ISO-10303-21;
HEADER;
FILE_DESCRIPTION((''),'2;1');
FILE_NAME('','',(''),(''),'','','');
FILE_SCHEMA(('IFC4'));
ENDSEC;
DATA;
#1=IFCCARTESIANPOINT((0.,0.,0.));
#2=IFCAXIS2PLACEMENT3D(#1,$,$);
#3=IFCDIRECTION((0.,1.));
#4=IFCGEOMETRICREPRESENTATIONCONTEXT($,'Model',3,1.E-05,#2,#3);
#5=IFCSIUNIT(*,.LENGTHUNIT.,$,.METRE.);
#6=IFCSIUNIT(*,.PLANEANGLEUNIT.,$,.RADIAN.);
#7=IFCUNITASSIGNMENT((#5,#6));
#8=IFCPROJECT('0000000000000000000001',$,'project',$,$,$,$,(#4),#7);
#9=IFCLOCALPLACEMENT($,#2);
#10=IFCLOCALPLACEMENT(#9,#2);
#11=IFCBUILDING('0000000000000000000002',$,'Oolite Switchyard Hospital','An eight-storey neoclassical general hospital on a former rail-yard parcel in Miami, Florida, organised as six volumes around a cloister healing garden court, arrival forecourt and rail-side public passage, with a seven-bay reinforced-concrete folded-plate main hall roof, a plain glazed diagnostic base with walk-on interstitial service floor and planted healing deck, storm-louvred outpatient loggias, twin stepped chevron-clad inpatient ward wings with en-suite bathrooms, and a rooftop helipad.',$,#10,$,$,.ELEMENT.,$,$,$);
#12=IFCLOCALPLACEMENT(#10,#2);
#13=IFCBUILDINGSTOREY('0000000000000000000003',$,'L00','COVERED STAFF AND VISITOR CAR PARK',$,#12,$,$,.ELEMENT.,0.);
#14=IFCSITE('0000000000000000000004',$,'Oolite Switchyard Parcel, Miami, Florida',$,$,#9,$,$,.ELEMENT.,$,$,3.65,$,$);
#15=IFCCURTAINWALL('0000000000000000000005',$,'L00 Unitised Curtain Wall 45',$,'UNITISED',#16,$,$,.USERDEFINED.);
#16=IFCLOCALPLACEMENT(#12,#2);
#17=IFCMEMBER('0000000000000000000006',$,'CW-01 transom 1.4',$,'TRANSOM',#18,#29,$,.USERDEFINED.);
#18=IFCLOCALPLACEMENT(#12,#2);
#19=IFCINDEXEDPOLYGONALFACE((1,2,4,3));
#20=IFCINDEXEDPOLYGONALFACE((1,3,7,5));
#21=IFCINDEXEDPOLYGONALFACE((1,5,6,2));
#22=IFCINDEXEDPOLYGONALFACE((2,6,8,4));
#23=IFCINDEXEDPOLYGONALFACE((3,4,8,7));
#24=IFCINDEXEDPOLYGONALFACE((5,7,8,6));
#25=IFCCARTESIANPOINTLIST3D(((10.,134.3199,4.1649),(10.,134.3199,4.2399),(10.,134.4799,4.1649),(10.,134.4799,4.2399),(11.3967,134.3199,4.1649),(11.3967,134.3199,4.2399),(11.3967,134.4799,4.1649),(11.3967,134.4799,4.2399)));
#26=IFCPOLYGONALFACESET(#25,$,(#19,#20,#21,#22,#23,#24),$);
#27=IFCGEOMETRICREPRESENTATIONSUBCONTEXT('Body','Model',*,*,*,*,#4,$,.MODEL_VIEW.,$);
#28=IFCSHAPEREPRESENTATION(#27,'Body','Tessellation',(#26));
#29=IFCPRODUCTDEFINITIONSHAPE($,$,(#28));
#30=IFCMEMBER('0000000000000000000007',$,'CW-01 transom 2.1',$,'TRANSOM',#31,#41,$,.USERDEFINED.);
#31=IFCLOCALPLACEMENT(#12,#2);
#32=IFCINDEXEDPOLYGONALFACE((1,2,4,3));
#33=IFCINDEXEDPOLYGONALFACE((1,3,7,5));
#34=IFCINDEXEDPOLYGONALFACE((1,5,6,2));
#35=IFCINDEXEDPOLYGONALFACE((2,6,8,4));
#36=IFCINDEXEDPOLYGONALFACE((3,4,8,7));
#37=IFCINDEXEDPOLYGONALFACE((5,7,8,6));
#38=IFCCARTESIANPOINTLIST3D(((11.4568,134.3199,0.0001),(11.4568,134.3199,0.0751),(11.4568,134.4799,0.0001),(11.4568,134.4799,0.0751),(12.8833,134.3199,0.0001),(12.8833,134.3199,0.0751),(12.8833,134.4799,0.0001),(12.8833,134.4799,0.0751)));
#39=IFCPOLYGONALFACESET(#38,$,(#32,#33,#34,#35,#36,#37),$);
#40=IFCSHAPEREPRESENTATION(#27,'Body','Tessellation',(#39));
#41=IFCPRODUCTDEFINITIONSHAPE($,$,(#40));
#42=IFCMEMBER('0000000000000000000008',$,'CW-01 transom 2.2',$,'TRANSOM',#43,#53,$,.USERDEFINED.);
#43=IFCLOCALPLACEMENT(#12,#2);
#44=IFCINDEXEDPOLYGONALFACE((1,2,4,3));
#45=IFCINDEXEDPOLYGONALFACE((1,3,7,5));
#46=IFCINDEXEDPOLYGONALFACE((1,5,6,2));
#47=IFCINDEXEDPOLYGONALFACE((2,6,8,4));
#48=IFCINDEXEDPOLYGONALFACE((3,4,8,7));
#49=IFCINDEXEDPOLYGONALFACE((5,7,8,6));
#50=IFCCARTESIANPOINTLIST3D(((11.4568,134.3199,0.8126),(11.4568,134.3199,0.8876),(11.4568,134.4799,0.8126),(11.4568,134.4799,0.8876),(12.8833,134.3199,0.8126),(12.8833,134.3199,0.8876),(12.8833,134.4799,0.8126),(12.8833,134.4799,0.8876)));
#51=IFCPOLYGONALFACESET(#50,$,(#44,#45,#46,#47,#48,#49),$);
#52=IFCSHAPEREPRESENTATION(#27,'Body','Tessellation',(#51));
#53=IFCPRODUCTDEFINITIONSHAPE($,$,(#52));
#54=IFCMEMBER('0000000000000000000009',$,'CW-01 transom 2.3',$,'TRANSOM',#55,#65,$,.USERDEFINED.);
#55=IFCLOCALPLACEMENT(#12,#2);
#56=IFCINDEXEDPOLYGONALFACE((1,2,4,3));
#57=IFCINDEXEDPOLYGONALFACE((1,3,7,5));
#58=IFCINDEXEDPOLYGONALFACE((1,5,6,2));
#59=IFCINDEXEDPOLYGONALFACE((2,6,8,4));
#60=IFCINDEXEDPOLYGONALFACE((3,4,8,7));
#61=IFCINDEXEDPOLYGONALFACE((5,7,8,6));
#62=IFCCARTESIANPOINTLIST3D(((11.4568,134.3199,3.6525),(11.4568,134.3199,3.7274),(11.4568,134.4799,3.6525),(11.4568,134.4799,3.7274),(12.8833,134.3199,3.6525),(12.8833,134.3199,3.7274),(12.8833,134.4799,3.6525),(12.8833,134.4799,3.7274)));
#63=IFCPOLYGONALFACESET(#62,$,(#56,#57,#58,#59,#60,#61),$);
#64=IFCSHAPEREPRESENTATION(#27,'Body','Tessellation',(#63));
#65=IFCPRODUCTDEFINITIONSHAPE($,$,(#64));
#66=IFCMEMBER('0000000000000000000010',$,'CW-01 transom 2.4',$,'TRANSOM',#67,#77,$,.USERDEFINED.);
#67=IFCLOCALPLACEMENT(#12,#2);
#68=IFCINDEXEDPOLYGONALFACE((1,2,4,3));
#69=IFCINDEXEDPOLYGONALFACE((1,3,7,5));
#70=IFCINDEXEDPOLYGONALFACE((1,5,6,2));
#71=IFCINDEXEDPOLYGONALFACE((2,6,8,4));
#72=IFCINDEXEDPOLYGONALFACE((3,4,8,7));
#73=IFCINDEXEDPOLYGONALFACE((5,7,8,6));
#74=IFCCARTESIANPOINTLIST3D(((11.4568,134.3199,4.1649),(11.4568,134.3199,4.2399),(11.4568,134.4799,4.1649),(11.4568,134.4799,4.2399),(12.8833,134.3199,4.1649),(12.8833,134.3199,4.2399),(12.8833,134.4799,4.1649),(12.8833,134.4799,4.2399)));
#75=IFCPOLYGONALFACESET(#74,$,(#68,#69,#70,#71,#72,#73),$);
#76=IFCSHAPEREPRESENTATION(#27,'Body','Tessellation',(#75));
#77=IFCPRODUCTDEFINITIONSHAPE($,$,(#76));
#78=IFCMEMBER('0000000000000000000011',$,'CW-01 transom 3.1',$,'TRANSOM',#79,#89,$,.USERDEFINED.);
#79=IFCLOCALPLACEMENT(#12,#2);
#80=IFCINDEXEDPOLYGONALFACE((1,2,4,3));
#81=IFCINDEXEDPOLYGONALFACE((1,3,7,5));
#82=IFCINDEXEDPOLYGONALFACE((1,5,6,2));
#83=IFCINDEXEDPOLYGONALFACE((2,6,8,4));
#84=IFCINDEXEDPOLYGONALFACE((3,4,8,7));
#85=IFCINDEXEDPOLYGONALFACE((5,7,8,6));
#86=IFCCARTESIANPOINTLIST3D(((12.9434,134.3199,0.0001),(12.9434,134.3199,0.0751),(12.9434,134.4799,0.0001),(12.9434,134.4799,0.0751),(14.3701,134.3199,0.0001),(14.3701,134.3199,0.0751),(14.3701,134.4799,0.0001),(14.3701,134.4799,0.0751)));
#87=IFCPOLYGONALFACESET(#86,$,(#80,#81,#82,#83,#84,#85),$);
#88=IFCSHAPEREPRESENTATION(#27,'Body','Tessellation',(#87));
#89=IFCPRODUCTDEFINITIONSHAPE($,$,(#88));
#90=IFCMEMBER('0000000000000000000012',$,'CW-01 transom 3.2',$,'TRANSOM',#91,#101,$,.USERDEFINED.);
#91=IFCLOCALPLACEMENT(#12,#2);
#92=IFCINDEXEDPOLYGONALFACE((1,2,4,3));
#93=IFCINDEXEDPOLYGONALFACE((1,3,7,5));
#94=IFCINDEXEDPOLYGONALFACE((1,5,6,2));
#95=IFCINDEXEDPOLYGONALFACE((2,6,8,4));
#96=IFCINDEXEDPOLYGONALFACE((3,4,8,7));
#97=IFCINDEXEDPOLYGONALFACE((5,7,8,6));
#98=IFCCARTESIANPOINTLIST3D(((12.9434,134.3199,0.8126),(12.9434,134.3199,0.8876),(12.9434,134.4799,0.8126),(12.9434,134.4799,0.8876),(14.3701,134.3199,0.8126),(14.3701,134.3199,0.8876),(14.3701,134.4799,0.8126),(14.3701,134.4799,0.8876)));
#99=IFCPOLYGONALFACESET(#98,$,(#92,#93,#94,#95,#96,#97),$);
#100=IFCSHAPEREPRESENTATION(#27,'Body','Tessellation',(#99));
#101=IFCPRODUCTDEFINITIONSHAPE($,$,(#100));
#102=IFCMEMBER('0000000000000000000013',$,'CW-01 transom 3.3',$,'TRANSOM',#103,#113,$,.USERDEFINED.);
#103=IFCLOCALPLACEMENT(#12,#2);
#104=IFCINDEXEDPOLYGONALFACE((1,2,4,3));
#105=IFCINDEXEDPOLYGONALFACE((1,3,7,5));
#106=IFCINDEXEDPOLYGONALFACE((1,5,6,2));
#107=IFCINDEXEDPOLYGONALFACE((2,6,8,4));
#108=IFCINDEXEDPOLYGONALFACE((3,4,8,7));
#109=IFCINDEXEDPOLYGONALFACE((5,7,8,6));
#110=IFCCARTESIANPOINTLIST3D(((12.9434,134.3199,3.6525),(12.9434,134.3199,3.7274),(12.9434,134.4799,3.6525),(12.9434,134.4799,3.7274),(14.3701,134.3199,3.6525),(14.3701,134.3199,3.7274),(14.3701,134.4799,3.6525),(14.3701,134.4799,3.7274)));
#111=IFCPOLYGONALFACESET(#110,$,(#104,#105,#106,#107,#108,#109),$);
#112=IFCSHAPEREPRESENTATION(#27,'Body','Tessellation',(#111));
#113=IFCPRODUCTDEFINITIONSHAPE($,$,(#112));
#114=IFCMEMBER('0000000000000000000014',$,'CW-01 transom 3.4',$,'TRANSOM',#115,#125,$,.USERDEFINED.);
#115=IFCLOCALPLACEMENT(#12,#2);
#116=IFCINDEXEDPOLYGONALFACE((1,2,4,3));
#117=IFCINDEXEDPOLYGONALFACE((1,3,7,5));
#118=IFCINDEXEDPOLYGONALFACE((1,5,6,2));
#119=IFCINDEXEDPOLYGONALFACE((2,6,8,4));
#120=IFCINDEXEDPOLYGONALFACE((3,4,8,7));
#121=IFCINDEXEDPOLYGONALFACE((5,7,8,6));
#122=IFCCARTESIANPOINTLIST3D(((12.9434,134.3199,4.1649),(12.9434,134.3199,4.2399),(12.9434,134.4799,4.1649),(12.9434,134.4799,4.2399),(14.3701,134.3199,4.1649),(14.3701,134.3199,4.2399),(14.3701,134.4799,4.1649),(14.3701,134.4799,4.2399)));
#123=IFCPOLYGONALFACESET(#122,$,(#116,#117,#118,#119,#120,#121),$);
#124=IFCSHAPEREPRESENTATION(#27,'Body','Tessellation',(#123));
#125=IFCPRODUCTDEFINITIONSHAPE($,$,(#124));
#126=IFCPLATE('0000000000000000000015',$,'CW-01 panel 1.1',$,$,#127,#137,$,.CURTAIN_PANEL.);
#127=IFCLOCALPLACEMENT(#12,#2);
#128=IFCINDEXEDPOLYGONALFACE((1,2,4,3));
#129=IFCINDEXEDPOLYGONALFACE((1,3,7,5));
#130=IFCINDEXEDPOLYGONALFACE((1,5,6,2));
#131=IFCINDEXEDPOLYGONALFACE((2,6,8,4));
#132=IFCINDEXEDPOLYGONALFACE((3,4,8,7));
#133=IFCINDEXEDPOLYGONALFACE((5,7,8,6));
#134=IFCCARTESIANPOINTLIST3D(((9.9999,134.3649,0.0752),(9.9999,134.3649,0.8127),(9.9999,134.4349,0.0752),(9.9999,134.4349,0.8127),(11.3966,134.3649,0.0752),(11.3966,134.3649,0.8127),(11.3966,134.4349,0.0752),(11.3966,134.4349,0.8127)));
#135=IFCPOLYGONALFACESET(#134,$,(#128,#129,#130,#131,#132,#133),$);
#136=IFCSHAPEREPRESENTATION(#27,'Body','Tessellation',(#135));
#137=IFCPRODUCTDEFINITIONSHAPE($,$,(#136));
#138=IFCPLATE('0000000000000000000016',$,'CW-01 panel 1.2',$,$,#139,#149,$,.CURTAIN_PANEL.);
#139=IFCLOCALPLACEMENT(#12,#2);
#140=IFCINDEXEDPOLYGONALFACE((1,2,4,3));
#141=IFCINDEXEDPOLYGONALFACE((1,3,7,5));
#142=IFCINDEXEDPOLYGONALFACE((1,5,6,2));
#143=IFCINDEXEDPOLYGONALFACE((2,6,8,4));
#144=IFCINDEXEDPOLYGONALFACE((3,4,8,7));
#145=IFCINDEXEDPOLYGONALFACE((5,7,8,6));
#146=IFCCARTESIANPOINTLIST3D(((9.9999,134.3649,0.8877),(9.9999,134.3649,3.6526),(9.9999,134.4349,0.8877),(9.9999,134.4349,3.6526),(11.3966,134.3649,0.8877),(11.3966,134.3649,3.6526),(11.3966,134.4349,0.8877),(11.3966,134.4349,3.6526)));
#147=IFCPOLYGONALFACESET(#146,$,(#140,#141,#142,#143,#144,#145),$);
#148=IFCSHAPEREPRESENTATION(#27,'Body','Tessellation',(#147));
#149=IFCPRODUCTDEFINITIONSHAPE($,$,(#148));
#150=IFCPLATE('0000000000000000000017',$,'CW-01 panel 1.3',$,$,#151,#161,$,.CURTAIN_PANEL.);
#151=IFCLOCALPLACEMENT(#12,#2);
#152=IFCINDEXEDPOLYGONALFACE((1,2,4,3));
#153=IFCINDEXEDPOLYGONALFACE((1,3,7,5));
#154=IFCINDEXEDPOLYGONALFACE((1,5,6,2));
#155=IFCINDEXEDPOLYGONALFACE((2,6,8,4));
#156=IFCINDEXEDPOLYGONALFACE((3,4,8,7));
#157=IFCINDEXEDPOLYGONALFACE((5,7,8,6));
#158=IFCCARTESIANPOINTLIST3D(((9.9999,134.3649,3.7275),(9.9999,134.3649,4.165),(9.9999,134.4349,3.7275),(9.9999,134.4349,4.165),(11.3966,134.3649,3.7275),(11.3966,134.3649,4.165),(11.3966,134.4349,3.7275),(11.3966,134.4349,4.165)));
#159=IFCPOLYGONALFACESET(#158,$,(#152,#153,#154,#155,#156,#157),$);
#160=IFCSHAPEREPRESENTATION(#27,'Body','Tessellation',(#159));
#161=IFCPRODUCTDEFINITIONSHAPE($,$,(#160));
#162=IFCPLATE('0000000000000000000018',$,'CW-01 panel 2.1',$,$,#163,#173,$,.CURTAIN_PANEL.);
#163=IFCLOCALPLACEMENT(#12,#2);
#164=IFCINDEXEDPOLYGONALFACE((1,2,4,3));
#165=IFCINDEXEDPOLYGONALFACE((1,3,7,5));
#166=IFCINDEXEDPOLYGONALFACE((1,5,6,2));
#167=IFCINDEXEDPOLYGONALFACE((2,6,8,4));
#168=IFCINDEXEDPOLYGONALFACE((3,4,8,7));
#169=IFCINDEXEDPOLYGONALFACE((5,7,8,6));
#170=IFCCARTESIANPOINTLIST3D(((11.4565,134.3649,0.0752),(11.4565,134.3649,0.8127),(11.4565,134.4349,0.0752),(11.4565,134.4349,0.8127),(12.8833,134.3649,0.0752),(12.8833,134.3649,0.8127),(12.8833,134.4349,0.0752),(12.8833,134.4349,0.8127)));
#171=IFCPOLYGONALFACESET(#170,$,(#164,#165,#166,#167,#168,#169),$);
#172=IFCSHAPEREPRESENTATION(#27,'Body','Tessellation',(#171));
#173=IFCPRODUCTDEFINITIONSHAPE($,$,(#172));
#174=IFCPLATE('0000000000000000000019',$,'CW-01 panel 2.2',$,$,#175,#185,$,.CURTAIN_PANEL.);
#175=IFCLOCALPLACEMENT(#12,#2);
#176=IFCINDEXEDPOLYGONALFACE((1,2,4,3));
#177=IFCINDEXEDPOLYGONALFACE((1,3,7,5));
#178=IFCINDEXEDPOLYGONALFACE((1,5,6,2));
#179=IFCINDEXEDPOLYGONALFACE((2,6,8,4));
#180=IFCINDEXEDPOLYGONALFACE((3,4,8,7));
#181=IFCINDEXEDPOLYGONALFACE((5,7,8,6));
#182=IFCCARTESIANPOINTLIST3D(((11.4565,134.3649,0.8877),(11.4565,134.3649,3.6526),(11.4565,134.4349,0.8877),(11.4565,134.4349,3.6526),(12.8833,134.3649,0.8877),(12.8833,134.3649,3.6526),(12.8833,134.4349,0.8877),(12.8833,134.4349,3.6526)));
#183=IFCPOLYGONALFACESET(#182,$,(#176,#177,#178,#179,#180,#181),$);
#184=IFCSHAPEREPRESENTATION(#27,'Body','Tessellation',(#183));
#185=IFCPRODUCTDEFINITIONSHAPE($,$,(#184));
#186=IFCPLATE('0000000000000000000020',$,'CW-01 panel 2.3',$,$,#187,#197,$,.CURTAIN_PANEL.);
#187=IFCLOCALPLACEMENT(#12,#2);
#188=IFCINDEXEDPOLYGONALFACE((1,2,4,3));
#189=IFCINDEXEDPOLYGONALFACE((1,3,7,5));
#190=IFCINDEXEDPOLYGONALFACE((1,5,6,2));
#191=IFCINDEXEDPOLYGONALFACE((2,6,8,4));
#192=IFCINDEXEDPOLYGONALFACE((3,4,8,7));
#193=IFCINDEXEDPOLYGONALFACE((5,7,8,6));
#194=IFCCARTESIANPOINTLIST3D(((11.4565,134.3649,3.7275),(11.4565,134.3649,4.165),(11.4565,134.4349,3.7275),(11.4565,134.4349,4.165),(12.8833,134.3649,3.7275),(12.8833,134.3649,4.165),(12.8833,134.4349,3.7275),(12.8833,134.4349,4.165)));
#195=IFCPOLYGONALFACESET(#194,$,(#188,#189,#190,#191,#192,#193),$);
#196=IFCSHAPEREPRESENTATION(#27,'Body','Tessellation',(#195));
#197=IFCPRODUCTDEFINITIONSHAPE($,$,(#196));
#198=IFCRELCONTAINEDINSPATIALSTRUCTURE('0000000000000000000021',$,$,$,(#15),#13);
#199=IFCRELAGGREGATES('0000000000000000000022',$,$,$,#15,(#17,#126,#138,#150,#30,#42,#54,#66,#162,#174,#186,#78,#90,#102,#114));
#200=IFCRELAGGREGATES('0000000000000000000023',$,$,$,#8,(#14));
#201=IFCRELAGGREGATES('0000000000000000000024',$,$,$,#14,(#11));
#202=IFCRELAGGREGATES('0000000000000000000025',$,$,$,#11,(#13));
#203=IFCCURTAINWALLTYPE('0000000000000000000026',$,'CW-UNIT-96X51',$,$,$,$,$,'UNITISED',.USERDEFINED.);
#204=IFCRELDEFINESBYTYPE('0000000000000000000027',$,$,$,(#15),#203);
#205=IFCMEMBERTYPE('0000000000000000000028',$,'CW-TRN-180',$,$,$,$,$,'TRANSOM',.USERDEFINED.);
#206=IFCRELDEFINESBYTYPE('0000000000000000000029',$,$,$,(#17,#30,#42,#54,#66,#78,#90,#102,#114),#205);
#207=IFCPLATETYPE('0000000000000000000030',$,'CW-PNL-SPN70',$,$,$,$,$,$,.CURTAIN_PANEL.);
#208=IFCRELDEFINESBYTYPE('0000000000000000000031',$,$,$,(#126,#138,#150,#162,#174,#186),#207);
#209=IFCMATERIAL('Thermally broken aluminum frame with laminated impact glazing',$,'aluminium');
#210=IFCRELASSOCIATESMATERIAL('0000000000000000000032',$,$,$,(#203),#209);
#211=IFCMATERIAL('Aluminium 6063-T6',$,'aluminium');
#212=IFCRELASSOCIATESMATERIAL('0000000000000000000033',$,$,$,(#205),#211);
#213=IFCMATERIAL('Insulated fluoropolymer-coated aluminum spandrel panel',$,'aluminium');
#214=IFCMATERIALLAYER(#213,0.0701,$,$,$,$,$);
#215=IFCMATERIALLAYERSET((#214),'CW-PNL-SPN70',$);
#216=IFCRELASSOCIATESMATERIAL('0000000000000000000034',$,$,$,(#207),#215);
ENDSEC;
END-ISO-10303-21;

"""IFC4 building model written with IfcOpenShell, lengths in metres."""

from ifc_helpers import new_model, si_unit, direction, frame, origin, origin_2d, place, context, subcontext, project, spatial, rectangle, extrude, material, layer, layer_set, material_profile, profile_set, type_object, element, aggregate, save


model = new_model("IFC4")

# Units and contexts
model_context = context("Model", 3, precision=1e-05, world=origin(), true_north=direction((0.0, 1.0)))
body_context = subcontext(model_context, "Body", "Model", "MODEL_VIEW")
ifc_project = project(units=[si_unit("LENGTHUNIT", "METRE"), si_unit("PLANEANGLEUNIT", "RADIAN")], contexts=[model_context])

# Site, building, storey
site_placement = place(None, origin())
site = spatial("IfcSite", under=ifc_project, at=site_placement, Name="Oolite Switchyard Parcel, Miami, Florida", CompositionType="ELEMENT", RefElevation=3.65)
building_placement = place(site_placement, origin())
building = spatial("IfcBuilding", under=site, at=building_placement, Name="Oolite Switchyard Hospital", Description="An eight-storey neoclassical general hospital on a former rail-yard parcel in Miami, Florida, organised as six volumes around a cloister healing garden court, arrival forecourt and rail-side public passage, with a seven-bay reinforced-concrete folded-plate main hall roof, a plain glazed diagnostic base with walk-on interstitial service floor and planted healing deck, storm-louvred outpatient loggias, twin stepped chevron-clad inpatient ward wings with en-suite bathrooms, and a rooftop helipad.", CompositionType="ELEMENT")
storey_placement = place(building_placement, origin())
storey = spatial("IfcBuildingStorey", under=building, at=storey_placement, Name="L00", Description="COVERED STAFF AND VISITOR CAR PARK", CompositionType="ELEMENT", Elevation=0.0)

# Curtain wall, members, plates
ifc_material_1 = material(Name="Thermally broken aluminum frame with laminated impact glazing", Category="aluminium")
curtain_wall_type = type_object("IfcCurtainWallType", Name="CW-UNIT-96X51", ElementType="UNITISED", PredefinedType="USERDEFINED", material=ifc_material_1)
curtain_wall_placement = place(storey_placement, origin())
curtain_wall = element("IfcCurtainWall", 1, at=curtain_wall_placement, inside=storey, type_object=curtain_wall_type, Name="L00 Unitised Curtain Wall 45", ObjectType="UNITISED", PredefinedType="USERDEFINED")
ifc_material_2 = material(Name="Aluminium 6063-T6", Category="aluminium")
ifc_material_profile_1 = material_profile(ifc_material_2, rectangle(XDim=0.1599, YDim=0.075, at=origin_2d()), Name="CWT75X160")
ifc_profile_set_1 = profile_set([ifc_material_profile_1], Name="Aluminium 6063-T6")
member_type_1 = type_object("IfcMemberType", Name="CW-TRN-180", ElementType="TRANSOM", PredefinedType="USERDEFINED", material=ifc_profile_set_1)
member_1_placement = place(storey_placement, frame((10.0, 134.3999, 4.2024), z_axis=(1.0, 0.0, 0.0), x_axis=(0.0, 1.0, 0.0)))
member_1 = element("IfcMember", 2, at=member_1_placement, type_object=member_type_1, Name="CW-01 transom 1.4", ObjectType="TRANSOM", PredefinedType="USERDEFINED", context=body_context, shape_type="SweptSolid", body=[
    extrude(rectangle(XDim=0.1599, YDim=0.075, at=origin_2d()), origin(), (0.0, 0.0, 1.0), 1.3967),
])
member_2_placement = place(storey_placement, frame((11.4568, 134.3999, 0.0376), z_axis=(1.0, 0.0, 0.0), x_axis=(0.0, 1.0, 0.0)))
member_2 = element("IfcMember", 3, at=member_2_placement, type_object=member_type_1, Name="CW-01 transom 2.1", ObjectType="TRANSOM", PredefinedType="USERDEFINED", context=body_context, shape_type="SweptSolid", body=[
    extrude(rectangle(XDim=0.1599, YDim=0.075, at=origin_2d()), origin(), (0.0, 0.0, 1.0), 1.4265),
])
member_3_placement = place(storey_placement, frame((11.4568, 134.3999, 0.8501), z_axis=(1.0, 0.0, 0.0), x_axis=(0.0, 1.0, 0.0)))
member_3 = element("IfcMember", 4, at=member_3_placement, type_object=member_type_1, Name="CW-01 transom 2.2", ObjectType="TRANSOM", PredefinedType="USERDEFINED", context=body_context, shape_type="SweptSolid", body=[
    extrude(rectangle(XDim=0.1599, YDim=0.075, at=origin_2d()), origin(), (0.0, 0.0, 1.0), 1.4265),
])
member_4_placement = place(storey_placement, frame((11.4568, 134.3999, 3.6899), z_axis=(1.0, 0.0, 0.0), x_axis=(0.0, 1.0, 0.0)))
member_4 = element("IfcMember", 5, at=member_4_placement, type_object=member_type_1, Name="CW-01 transom 2.3", ObjectType="TRANSOM", PredefinedType="USERDEFINED", context=body_context, shape_type="SweptSolid", body=[
    extrude(rectangle(XDim=0.1599, YDim=0.075, at=origin_2d()), origin(), (0.0, 0.0, 1.0), 1.4265),
])
member_5_placement = place(storey_placement, frame((11.4568, 134.3999, 4.2024), z_axis=(1.0, 0.0, 0.0), x_axis=(0.0, 1.0, 0.0)))
member_5 = element("IfcMember", 6, at=member_5_placement, type_object=member_type_1, Name="CW-01 transom 2.4", ObjectType="TRANSOM", PredefinedType="USERDEFINED", context=body_context, shape_type="SweptSolid", body=[
    extrude(rectangle(XDim=0.1599, YDim=0.075, at=origin_2d()), origin(), (0.0, 0.0, 1.0), 1.4265),
])
member_6_placement = place(storey_placement, frame((12.9434, 134.3999, 0.0376), z_axis=(1.0, 0.0, 0.0), x_axis=(0.0, 1.0, 0.0)))
member_6 = element("IfcMember", 7, at=member_6_placement, type_object=member_type_1, Name="CW-01 transom 3.1", ObjectType="TRANSOM", PredefinedType="USERDEFINED", context=body_context, shape_type="SweptSolid", body=[
    extrude(rectangle(XDim=0.1599, YDim=0.075, at=origin_2d()), origin(), (0.0, 0.0, 1.0), 1.4268),
])
member_7_placement = place(storey_placement, frame((12.9434, 134.3999, 0.8501), z_axis=(1.0, 0.0, 0.0), x_axis=(0.0, 1.0, 0.0)))
member_7 = element("IfcMember", 8, at=member_7_placement, type_object=member_type_1, Name="CW-01 transom 3.2", ObjectType="TRANSOM", PredefinedType="USERDEFINED", context=body_context, shape_type="SweptSolid", body=[
    extrude(rectangle(XDim=0.1599, YDim=0.075, at=origin_2d()), origin(), (0.0, 0.0, 1.0), 1.4268),
])
member_8_placement = place(storey_placement, frame((12.9434, 134.3999, 3.6899), z_axis=(1.0, 0.0, 0.0), x_axis=(0.0, 1.0, 0.0)))
member_8 = element("IfcMember", 9, at=member_8_placement, type_object=member_type_1, Name="CW-01 transom 3.3", ObjectType="TRANSOM", PredefinedType="USERDEFINED", context=body_context, shape_type="SweptSolid", body=[
    extrude(rectangle(XDim=0.1599, YDim=0.075, at=origin_2d()), origin(), (0.0, 0.0, 1.0), 1.4268),
])
member_9_placement = place(storey_placement, frame((12.9434, 134.3999, 4.2024), z_axis=(1.0, 0.0, 0.0), x_axis=(0.0, 1.0, 0.0)))
member_9 = element("IfcMember", 10, at=member_9_placement, type_object=member_type_1, Name="CW-01 transom 3.4", ObjectType="TRANSOM", PredefinedType="USERDEFINED", context=body_context, shape_type="SweptSolid", body=[
    extrude(rectangle(XDim=0.1599, YDim=0.075, at=origin_2d()), origin(), (0.0, 0.0, 1.0), 1.4268),
])
ifc_material_3 = material(Name="Insulated fluoropolymer-coated aluminum spandrel panel", Category="aluminium")
ifc_layer = layer(ifc_material_3, 0.0701)
ifc_layer_set = layer_set([ifc_layer], Name="CW-PNL-SPN70")
plate_type = type_object("IfcPlateType", Name="CW-PNL-SPN70", PredefinedType="CURTAIN_PANEL", material=ifc_layer_set)
plate_1_placement = place(storey_placement, frame((10.6982, 134.3999, 0.0752), z_axis=(0.0, 0.0, 1.0), x_axis=(1.0, 0.0, 0.0)))
plate_1 = element("IfcPlate", 11, at=plate_1_placement, type_object=plate_type, Name="CW-01 panel 1.1", PredefinedType="CURTAIN_PANEL", context=body_context, shape_type="SweptSolid", body=[
    extrude(rectangle(XDim=1.3967, YDim=0.0701, at=origin_2d()), origin(), (0.0, 0.0, 1.0), 0.7375),
])
plate_2_placement = place(storey_placement, frame((10.6982, 134.3999, 0.8877), z_axis=(0.0, 0.0, 1.0), x_axis=(1.0, 0.0, 0.0)))
plate_2 = element("IfcPlate", 12, at=plate_2_placement, type_object=plate_type, Name="CW-01 panel 1.2", PredefinedType="CURTAIN_PANEL", context=body_context, shape_type="SweptSolid", body=[
    extrude(rectangle(XDim=1.3967, YDim=0.0701, at=origin_2d()), origin(), (0.0, 0.0, 1.0), 2.7649),
])
plate_3_placement = place(storey_placement, frame((10.6982, 134.3999, 3.7275), z_axis=(0.0, 0.0, 1.0), x_axis=(1.0, 0.0, 0.0)))
plate_3 = element("IfcPlate", 13, at=plate_3_placement, type_object=plate_type, Name="CW-01 panel 1.3", PredefinedType="CURTAIN_PANEL", context=body_context, shape_type="SweptSolid", body=[
    extrude(rectangle(XDim=1.3967, YDim=0.0701, at=origin_2d()), origin(), (0.0, 0.0, 1.0), 0.4375),
])
plate_4_placement = place(storey_placement, frame((12.1699, 134.3999, 0.0752), z_axis=(0.0, 0.0, 1.0), x_axis=(1.0, 0.0, 0.0)))
plate_4 = element("IfcPlate", 14, at=plate_4_placement, type_object=plate_type, Name="CW-01 panel 2.1", PredefinedType="CURTAIN_PANEL", context=body_context, shape_type="SweptSolid", body=[
    extrude(rectangle(XDim=1.4268, YDim=0.0701, at=origin_2d()), origin(), (0.0, 0.0, 1.0), 0.7375),
])
plate_5_placement = place(storey_placement, frame((12.1699, 134.3999, 0.8877), z_axis=(0.0, 0.0, 1.0), x_axis=(1.0, 0.0, 0.0)))
plate_5 = element("IfcPlate", 15, at=plate_5_placement, type_object=plate_type, Name="CW-01 panel 2.2", PredefinedType="CURTAIN_PANEL", context=body_context, shape_type="SweptSolid", body=[
    extrude(rectangle(XDim=1.4268, YDim=0.0701, at=origin_2d()), origin(), (0.0, 0.0, 1.0), 2.7649),
])
plate_6_placement = place(storey_placement, frame((12.1699, 134.3999, 3.7275), z_axis=(0.0, 0.0, 1.0), x_axis=(1.0, 0.0, 0.0)))
plate_6 = element("IfcPlate", 16, at=plate_6_placement, type_object=plate_type, Name="CW-01 panel 2.3", PredefinedType="CURTAIN_PANEL", context=body_context, shape_type="SweptSolid", body=[
    extrude(rectangle(XDim=1.4268, YDim=0.0701, at=origin_2d()), origin(), (0.0, 0.0, 1.0), 0.4375),
])
aggregate(curtain_wall, [member_1, plate_1, plate_2, plate_3, member_2, member_3, member_4, member_5, plate_4, plate_5, plate_6, member_6, member_7, member_8, member_9])

save(model, "model.ifc")
